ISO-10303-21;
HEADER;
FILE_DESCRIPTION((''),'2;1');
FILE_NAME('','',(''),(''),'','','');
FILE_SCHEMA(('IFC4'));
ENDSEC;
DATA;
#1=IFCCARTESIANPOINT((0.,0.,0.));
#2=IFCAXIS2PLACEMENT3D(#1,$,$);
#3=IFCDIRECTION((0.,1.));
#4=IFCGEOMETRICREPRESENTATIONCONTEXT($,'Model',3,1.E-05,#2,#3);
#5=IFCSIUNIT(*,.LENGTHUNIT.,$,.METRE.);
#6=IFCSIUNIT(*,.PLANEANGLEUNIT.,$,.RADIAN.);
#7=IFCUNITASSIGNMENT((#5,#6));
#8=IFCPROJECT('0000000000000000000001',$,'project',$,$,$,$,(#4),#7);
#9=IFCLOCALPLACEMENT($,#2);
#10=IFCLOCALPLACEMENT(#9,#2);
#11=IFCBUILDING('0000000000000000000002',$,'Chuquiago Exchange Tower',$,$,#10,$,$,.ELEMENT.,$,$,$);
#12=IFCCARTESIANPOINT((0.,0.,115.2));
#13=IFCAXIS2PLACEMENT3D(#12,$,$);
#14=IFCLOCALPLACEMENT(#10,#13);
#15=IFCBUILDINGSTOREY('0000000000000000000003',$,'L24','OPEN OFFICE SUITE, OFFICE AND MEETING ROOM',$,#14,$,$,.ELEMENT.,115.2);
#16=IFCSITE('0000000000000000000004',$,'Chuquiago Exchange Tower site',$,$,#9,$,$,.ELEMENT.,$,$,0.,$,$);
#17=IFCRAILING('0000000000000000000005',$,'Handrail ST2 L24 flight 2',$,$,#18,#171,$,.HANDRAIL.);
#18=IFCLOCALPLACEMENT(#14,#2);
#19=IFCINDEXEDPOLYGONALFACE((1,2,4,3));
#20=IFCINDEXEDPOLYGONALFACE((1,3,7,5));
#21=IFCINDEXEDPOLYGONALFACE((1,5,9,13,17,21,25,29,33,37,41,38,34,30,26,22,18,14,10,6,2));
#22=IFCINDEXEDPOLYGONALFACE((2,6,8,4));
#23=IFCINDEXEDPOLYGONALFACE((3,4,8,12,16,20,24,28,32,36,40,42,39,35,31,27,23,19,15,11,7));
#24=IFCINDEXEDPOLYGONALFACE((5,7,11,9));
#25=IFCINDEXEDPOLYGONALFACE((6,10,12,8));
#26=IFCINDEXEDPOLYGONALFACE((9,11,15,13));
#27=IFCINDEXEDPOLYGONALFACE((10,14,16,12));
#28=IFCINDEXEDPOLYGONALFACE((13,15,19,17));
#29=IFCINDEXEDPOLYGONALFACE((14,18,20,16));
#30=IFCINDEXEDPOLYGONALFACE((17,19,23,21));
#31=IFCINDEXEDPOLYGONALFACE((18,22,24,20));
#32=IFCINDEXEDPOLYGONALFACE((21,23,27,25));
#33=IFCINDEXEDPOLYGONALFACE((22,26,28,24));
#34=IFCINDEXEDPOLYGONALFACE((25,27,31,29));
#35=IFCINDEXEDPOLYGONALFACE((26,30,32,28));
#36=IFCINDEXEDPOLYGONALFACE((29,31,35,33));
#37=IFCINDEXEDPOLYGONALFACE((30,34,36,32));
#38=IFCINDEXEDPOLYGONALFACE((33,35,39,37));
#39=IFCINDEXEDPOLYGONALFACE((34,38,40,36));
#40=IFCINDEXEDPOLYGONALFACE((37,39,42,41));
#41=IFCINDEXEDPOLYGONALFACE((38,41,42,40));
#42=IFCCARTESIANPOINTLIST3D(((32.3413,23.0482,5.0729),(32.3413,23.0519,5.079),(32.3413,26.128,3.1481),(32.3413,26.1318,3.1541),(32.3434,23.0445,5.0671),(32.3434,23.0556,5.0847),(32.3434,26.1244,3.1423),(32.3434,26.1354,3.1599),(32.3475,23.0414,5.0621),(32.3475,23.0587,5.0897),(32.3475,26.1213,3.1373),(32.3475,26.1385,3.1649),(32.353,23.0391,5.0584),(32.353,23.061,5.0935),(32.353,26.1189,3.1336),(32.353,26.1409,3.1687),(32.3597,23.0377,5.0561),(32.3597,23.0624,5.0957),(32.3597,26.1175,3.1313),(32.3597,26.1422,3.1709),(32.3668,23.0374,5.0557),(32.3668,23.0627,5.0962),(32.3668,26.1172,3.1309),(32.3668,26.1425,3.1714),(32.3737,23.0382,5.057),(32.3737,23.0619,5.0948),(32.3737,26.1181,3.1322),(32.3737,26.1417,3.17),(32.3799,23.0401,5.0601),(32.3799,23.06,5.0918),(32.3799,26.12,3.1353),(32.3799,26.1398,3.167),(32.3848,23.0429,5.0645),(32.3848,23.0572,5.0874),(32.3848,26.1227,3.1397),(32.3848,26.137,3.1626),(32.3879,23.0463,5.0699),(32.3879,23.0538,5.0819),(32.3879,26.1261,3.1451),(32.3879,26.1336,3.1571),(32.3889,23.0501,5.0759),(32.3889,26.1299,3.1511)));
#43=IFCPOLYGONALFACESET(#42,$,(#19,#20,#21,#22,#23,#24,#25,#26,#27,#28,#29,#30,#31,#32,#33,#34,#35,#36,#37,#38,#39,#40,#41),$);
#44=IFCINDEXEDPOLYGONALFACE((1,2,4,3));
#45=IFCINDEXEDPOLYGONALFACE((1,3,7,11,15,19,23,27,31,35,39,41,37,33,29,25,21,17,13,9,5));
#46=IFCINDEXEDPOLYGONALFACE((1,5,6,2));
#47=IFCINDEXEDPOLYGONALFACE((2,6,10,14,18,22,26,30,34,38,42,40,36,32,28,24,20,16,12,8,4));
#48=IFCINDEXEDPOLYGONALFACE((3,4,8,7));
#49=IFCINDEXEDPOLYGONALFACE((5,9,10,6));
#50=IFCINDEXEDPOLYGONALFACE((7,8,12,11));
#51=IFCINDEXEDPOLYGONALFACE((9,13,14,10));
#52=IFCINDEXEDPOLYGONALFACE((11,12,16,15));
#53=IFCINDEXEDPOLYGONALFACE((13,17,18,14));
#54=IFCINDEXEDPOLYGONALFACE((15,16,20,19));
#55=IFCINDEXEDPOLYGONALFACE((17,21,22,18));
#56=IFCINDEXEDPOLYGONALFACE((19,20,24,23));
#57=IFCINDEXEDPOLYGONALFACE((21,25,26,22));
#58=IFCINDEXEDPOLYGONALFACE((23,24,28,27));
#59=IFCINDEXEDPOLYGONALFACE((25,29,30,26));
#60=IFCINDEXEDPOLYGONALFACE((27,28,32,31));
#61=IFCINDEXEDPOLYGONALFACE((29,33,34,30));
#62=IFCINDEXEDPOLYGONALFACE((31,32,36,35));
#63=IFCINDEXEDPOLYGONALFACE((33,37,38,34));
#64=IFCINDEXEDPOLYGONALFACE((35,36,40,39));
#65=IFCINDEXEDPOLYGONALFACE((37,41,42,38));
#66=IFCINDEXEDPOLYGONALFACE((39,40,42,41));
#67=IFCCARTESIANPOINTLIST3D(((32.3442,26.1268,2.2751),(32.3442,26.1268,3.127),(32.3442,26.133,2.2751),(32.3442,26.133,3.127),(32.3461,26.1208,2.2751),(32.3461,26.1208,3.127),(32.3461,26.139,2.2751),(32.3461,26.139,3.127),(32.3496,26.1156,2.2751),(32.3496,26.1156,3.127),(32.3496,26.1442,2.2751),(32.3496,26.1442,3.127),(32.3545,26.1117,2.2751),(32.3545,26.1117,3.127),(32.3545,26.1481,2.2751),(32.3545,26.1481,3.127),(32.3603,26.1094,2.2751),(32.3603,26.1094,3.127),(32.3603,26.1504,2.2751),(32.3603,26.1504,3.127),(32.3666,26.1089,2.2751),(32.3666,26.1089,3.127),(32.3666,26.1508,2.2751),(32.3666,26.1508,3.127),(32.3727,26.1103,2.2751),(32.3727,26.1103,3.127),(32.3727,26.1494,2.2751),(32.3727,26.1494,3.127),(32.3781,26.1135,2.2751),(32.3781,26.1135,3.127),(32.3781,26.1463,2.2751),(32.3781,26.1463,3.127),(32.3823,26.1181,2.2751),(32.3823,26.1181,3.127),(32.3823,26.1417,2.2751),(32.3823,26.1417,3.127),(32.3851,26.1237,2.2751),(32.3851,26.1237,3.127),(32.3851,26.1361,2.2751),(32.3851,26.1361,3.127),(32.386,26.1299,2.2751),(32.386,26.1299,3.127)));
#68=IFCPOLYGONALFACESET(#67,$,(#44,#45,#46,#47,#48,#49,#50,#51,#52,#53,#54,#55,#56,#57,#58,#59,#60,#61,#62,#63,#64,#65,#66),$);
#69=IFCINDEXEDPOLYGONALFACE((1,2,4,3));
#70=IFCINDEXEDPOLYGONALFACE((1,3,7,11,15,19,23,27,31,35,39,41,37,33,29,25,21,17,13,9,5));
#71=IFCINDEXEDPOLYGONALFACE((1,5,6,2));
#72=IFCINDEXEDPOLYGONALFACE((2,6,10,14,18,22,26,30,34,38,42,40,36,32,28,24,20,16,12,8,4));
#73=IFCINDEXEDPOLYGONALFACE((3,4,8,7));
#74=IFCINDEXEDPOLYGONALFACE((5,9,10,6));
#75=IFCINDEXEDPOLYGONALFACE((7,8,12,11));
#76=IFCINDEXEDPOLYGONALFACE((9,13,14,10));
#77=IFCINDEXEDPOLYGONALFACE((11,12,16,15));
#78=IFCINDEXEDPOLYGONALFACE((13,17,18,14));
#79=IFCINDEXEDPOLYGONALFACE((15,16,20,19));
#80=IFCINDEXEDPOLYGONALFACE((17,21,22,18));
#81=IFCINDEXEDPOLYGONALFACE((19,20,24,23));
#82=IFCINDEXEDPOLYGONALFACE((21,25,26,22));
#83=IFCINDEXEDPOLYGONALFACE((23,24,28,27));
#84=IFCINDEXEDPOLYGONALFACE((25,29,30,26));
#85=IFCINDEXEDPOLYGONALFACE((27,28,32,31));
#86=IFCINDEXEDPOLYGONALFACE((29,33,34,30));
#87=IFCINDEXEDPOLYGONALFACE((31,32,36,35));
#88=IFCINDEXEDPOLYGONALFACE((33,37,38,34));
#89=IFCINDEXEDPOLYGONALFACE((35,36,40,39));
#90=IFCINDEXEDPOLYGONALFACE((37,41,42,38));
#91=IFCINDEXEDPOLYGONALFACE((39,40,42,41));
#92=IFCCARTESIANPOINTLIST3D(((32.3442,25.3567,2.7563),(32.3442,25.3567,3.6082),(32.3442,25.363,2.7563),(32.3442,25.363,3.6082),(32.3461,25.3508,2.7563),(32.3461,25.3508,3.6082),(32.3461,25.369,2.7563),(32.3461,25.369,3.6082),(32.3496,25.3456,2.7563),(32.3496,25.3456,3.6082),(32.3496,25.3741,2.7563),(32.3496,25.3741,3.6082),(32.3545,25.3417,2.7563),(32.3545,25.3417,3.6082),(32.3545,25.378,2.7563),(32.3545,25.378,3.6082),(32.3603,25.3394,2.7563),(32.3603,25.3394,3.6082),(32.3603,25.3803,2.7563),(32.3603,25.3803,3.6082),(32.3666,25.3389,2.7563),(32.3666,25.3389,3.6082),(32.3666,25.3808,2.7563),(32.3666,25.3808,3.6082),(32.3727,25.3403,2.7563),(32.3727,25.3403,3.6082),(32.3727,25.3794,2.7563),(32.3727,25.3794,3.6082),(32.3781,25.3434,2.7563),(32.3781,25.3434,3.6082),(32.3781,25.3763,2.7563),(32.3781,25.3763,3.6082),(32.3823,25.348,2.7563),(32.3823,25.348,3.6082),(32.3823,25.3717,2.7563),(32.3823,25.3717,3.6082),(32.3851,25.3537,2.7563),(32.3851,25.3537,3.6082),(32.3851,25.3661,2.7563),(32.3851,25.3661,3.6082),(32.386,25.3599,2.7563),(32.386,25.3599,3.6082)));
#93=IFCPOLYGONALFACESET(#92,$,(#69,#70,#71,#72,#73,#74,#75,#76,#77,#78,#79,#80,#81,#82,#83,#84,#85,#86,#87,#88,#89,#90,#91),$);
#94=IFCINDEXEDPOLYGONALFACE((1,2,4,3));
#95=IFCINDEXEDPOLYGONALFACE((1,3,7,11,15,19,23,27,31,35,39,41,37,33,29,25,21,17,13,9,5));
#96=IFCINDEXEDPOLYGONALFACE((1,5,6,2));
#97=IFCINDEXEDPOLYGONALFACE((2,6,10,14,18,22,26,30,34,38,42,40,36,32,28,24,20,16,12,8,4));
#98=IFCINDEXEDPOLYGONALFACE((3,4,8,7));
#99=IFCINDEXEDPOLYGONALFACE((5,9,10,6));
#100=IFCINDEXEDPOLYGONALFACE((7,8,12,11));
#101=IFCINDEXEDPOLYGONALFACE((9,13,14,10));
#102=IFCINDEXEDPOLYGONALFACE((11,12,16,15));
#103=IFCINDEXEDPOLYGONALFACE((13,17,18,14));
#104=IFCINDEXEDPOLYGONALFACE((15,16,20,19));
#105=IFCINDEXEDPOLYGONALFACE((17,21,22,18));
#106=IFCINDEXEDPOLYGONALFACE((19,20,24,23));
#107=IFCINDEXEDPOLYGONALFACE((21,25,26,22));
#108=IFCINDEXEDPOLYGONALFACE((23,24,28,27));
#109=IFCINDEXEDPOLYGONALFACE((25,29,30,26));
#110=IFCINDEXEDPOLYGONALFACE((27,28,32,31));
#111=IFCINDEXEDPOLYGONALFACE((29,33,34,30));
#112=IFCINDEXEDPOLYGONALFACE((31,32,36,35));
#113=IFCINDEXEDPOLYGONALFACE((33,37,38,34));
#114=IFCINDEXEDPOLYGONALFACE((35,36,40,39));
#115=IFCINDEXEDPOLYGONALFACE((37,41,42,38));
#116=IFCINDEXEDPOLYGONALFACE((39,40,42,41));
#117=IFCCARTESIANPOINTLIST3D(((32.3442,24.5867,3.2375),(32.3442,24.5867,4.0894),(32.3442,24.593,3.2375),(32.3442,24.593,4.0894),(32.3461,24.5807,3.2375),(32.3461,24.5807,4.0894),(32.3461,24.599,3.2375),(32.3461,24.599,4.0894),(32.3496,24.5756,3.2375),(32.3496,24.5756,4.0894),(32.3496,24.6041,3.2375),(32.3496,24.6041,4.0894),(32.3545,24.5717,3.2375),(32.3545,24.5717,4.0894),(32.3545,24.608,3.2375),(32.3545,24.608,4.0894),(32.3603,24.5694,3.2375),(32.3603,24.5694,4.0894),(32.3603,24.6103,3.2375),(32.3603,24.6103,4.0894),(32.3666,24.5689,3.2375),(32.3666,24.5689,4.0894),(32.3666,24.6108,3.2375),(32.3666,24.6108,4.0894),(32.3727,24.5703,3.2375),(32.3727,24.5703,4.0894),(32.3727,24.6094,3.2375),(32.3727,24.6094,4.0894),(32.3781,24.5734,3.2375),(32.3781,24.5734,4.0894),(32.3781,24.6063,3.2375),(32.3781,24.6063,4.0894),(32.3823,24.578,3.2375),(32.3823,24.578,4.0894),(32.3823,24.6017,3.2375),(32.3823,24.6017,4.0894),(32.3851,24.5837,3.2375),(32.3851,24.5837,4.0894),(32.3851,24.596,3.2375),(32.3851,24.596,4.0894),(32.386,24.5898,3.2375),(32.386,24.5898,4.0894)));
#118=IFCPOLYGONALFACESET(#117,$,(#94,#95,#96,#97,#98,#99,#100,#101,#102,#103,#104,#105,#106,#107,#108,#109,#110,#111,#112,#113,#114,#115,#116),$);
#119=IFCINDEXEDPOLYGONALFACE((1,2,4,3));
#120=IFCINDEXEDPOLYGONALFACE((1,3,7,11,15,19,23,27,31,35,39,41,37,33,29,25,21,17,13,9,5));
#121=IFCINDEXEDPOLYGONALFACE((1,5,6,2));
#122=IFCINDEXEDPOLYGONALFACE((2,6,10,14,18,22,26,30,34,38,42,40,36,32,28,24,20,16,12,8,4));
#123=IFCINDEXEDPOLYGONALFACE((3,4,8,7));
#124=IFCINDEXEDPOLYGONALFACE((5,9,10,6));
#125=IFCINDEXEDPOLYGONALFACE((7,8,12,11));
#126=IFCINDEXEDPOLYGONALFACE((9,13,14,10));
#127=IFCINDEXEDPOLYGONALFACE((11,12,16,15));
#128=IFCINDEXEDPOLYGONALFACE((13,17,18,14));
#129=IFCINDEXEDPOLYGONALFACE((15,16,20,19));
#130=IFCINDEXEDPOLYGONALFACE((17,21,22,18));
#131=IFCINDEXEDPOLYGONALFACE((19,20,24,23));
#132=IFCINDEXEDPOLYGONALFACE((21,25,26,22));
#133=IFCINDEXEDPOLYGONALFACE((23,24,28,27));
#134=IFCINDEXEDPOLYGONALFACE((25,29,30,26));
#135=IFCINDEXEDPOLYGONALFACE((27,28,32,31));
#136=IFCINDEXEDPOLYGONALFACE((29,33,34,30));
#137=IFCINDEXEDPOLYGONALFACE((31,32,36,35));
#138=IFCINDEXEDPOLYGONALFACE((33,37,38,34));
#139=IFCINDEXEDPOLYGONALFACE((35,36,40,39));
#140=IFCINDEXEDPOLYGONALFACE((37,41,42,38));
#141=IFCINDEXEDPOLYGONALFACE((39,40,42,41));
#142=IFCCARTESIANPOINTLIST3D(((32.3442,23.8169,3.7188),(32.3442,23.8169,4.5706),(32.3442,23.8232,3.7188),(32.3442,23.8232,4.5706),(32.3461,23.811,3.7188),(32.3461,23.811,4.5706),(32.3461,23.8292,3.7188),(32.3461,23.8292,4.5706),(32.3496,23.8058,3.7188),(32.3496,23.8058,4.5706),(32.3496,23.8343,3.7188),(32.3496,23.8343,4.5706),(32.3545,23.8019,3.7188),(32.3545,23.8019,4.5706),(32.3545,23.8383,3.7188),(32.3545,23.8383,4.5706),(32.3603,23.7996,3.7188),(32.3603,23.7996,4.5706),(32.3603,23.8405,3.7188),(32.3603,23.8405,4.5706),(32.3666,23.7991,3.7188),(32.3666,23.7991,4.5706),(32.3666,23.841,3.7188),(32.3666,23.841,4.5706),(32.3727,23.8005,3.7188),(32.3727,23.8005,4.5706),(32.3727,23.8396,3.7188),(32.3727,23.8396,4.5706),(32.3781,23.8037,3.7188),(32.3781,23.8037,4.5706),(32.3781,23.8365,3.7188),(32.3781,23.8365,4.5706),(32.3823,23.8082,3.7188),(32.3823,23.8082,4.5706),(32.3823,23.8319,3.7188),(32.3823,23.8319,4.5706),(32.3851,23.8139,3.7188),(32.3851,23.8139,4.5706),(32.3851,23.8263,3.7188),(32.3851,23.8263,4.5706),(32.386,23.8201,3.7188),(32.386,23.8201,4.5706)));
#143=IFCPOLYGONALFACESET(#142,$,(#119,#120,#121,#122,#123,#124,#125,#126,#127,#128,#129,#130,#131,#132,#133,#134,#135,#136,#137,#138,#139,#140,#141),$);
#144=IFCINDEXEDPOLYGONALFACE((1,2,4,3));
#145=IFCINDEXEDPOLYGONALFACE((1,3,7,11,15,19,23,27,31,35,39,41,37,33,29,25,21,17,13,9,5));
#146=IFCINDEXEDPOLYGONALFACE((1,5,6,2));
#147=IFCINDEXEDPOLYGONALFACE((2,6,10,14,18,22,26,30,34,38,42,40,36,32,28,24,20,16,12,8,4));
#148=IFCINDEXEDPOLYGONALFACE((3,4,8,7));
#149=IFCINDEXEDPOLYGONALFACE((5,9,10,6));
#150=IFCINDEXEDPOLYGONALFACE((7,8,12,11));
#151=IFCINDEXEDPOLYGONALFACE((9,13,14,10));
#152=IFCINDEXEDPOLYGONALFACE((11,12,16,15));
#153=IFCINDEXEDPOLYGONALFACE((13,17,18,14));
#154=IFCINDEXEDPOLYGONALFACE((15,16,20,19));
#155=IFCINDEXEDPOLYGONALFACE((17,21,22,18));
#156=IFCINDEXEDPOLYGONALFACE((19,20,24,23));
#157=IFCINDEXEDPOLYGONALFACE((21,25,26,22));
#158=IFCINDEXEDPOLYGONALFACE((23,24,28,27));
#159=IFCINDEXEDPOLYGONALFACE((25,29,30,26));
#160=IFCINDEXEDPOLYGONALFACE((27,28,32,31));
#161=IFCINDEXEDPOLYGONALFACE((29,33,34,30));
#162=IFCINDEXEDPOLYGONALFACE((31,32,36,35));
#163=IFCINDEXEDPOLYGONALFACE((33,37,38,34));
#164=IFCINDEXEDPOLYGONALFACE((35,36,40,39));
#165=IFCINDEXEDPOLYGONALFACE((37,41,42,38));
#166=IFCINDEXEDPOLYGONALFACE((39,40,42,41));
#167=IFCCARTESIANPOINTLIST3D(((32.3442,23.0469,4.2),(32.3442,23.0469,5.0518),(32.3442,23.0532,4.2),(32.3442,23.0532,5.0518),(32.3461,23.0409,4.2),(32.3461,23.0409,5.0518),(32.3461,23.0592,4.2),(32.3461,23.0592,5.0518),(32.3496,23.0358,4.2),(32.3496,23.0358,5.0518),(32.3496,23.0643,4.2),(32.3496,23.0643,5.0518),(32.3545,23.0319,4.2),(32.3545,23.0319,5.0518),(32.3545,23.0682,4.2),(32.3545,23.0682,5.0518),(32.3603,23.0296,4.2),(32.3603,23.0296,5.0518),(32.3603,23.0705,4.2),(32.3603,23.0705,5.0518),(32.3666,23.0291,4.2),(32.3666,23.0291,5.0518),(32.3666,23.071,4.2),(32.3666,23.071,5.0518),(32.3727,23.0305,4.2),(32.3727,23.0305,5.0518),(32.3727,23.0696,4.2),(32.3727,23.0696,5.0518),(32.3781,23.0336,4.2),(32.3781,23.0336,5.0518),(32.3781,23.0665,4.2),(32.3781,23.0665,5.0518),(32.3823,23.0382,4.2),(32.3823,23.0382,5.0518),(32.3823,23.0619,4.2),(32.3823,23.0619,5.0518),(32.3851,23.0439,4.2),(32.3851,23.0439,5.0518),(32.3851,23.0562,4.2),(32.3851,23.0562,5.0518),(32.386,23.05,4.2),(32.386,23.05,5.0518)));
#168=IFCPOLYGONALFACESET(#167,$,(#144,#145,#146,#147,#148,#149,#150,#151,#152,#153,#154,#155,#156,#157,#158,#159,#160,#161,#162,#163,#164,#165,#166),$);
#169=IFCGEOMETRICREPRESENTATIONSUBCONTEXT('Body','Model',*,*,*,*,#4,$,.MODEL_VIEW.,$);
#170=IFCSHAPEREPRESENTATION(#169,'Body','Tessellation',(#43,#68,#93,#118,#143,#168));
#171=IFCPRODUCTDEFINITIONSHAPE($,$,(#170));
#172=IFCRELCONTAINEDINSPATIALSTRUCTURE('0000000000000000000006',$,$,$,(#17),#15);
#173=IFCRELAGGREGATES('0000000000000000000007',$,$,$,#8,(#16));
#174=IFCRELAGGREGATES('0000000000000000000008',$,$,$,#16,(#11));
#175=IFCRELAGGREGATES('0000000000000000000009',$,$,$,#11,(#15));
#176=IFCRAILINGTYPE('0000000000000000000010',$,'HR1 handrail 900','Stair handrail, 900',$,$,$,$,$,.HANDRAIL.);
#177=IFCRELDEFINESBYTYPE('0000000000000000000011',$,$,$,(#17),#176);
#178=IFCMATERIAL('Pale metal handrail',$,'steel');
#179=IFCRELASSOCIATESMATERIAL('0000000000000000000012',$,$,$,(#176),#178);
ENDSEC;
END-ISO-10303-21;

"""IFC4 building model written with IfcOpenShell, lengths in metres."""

from ifc_helpers import new_model, si_unit, direction, frame, origin, origin_2d, place, context, subcontext, project, spatial, circle, extrude, material, type_object, element, save


model = new_model("IFC4")

# Units and contexts
model_context = context("Model", 3, precision=1e-05, world=origin(), true_north=direction((0.0, 1.0)))
body_context = subcontext(model_context, "Body", "Model", "MODEL_VIEW")
ifc_project = project(units=[si_unit("LENGTHUNIT", "METRE"), si_unit("PLANEANGLEUNIT", "RADIAN")], contexts=[model_context])

# Site, building, storey
site_placement = place(None, origin())
site = spatial("IfcSite", under=ifc_project, at=site_placement, Name="Chuquiago Exchange Tower site", CompositionType="ELEMENT", RefElevation=0.0)
building_placement = place(site_placement, origin())
building = spatial("IfcBuilding", under=site, at=building_placement, Name="Chuquiago Exchange Tower", CompositionType="ELEMENT")
storey_placement = place(building_placement, frame((0.0, 0.0, 115.2)))
storey = spatial("IfcBuildingStorey", under=building, at=storey_placement, Name="L24", Description="OPEN OFFICE SUITE, OFFICE AND MEETING ROOM", CompositionType="ELEMENT", Elevation=115.2)

# Railing
ifc_material_1 = material(Name="Pale metal handrail", Category="steel")
railing_type_1 = type_object("IfcRailingType", Name="HR1 handrail 900", Description="Stair handrail, 900", PredefinedType="HANDRAIL", material=ifc_material_1)
for number, where, name in (
    (1, (32.365, 26.1299, 2.2751), "Handrail ST2 L24 flight 2"),
):
    element("IfcRailing", number, at=place(storey_placement, frame(where)), inside=storey, type_object=railing_type_1, Name=name, PredefinedType="HANDRAIL", context=body_context, shape_type="SweptSolid", body=[
        extrude(circle(Radius=0.0239, at=origin_2d()), frame((0.0, 0.0, 0.876), z_axis=(0.0, -0.84801, 0.529981), x_axis=(1.0, 0.0, 0.0)), (0.0, 0.0, 1.0), 3.6318),
        extrude(circle(Radius=0.021, at=origin_2d()), origin(), (0.0, 0.0, 1.0), 0.8518),
        extrude(circle(Radius=0.021, at=origin_2d()), frame((0.0, -0.77, 0.4812)), (0.0, 0.0, 1.0), 0.8518),
        extrude(circle(Radius=0.021, at=origin_2d()), frame((0.0, -1.54, 0.9624)), (0.0, 0.0, 1.0), 0.8518),
        extrude(circle(Radius=0.021, at=origin_2d()), frame((0.0, -2.3098, 1.4436)), (0.0, 0.0, 1.0), 0.8518),
        extrude(circle(Radius=0.021, at=origin_2d()), frame((0.0, -3.0798, 1.9248)), (0.0, 0.0, 1.0), 0.8518),
    ])

save(model, "model.ifc")
